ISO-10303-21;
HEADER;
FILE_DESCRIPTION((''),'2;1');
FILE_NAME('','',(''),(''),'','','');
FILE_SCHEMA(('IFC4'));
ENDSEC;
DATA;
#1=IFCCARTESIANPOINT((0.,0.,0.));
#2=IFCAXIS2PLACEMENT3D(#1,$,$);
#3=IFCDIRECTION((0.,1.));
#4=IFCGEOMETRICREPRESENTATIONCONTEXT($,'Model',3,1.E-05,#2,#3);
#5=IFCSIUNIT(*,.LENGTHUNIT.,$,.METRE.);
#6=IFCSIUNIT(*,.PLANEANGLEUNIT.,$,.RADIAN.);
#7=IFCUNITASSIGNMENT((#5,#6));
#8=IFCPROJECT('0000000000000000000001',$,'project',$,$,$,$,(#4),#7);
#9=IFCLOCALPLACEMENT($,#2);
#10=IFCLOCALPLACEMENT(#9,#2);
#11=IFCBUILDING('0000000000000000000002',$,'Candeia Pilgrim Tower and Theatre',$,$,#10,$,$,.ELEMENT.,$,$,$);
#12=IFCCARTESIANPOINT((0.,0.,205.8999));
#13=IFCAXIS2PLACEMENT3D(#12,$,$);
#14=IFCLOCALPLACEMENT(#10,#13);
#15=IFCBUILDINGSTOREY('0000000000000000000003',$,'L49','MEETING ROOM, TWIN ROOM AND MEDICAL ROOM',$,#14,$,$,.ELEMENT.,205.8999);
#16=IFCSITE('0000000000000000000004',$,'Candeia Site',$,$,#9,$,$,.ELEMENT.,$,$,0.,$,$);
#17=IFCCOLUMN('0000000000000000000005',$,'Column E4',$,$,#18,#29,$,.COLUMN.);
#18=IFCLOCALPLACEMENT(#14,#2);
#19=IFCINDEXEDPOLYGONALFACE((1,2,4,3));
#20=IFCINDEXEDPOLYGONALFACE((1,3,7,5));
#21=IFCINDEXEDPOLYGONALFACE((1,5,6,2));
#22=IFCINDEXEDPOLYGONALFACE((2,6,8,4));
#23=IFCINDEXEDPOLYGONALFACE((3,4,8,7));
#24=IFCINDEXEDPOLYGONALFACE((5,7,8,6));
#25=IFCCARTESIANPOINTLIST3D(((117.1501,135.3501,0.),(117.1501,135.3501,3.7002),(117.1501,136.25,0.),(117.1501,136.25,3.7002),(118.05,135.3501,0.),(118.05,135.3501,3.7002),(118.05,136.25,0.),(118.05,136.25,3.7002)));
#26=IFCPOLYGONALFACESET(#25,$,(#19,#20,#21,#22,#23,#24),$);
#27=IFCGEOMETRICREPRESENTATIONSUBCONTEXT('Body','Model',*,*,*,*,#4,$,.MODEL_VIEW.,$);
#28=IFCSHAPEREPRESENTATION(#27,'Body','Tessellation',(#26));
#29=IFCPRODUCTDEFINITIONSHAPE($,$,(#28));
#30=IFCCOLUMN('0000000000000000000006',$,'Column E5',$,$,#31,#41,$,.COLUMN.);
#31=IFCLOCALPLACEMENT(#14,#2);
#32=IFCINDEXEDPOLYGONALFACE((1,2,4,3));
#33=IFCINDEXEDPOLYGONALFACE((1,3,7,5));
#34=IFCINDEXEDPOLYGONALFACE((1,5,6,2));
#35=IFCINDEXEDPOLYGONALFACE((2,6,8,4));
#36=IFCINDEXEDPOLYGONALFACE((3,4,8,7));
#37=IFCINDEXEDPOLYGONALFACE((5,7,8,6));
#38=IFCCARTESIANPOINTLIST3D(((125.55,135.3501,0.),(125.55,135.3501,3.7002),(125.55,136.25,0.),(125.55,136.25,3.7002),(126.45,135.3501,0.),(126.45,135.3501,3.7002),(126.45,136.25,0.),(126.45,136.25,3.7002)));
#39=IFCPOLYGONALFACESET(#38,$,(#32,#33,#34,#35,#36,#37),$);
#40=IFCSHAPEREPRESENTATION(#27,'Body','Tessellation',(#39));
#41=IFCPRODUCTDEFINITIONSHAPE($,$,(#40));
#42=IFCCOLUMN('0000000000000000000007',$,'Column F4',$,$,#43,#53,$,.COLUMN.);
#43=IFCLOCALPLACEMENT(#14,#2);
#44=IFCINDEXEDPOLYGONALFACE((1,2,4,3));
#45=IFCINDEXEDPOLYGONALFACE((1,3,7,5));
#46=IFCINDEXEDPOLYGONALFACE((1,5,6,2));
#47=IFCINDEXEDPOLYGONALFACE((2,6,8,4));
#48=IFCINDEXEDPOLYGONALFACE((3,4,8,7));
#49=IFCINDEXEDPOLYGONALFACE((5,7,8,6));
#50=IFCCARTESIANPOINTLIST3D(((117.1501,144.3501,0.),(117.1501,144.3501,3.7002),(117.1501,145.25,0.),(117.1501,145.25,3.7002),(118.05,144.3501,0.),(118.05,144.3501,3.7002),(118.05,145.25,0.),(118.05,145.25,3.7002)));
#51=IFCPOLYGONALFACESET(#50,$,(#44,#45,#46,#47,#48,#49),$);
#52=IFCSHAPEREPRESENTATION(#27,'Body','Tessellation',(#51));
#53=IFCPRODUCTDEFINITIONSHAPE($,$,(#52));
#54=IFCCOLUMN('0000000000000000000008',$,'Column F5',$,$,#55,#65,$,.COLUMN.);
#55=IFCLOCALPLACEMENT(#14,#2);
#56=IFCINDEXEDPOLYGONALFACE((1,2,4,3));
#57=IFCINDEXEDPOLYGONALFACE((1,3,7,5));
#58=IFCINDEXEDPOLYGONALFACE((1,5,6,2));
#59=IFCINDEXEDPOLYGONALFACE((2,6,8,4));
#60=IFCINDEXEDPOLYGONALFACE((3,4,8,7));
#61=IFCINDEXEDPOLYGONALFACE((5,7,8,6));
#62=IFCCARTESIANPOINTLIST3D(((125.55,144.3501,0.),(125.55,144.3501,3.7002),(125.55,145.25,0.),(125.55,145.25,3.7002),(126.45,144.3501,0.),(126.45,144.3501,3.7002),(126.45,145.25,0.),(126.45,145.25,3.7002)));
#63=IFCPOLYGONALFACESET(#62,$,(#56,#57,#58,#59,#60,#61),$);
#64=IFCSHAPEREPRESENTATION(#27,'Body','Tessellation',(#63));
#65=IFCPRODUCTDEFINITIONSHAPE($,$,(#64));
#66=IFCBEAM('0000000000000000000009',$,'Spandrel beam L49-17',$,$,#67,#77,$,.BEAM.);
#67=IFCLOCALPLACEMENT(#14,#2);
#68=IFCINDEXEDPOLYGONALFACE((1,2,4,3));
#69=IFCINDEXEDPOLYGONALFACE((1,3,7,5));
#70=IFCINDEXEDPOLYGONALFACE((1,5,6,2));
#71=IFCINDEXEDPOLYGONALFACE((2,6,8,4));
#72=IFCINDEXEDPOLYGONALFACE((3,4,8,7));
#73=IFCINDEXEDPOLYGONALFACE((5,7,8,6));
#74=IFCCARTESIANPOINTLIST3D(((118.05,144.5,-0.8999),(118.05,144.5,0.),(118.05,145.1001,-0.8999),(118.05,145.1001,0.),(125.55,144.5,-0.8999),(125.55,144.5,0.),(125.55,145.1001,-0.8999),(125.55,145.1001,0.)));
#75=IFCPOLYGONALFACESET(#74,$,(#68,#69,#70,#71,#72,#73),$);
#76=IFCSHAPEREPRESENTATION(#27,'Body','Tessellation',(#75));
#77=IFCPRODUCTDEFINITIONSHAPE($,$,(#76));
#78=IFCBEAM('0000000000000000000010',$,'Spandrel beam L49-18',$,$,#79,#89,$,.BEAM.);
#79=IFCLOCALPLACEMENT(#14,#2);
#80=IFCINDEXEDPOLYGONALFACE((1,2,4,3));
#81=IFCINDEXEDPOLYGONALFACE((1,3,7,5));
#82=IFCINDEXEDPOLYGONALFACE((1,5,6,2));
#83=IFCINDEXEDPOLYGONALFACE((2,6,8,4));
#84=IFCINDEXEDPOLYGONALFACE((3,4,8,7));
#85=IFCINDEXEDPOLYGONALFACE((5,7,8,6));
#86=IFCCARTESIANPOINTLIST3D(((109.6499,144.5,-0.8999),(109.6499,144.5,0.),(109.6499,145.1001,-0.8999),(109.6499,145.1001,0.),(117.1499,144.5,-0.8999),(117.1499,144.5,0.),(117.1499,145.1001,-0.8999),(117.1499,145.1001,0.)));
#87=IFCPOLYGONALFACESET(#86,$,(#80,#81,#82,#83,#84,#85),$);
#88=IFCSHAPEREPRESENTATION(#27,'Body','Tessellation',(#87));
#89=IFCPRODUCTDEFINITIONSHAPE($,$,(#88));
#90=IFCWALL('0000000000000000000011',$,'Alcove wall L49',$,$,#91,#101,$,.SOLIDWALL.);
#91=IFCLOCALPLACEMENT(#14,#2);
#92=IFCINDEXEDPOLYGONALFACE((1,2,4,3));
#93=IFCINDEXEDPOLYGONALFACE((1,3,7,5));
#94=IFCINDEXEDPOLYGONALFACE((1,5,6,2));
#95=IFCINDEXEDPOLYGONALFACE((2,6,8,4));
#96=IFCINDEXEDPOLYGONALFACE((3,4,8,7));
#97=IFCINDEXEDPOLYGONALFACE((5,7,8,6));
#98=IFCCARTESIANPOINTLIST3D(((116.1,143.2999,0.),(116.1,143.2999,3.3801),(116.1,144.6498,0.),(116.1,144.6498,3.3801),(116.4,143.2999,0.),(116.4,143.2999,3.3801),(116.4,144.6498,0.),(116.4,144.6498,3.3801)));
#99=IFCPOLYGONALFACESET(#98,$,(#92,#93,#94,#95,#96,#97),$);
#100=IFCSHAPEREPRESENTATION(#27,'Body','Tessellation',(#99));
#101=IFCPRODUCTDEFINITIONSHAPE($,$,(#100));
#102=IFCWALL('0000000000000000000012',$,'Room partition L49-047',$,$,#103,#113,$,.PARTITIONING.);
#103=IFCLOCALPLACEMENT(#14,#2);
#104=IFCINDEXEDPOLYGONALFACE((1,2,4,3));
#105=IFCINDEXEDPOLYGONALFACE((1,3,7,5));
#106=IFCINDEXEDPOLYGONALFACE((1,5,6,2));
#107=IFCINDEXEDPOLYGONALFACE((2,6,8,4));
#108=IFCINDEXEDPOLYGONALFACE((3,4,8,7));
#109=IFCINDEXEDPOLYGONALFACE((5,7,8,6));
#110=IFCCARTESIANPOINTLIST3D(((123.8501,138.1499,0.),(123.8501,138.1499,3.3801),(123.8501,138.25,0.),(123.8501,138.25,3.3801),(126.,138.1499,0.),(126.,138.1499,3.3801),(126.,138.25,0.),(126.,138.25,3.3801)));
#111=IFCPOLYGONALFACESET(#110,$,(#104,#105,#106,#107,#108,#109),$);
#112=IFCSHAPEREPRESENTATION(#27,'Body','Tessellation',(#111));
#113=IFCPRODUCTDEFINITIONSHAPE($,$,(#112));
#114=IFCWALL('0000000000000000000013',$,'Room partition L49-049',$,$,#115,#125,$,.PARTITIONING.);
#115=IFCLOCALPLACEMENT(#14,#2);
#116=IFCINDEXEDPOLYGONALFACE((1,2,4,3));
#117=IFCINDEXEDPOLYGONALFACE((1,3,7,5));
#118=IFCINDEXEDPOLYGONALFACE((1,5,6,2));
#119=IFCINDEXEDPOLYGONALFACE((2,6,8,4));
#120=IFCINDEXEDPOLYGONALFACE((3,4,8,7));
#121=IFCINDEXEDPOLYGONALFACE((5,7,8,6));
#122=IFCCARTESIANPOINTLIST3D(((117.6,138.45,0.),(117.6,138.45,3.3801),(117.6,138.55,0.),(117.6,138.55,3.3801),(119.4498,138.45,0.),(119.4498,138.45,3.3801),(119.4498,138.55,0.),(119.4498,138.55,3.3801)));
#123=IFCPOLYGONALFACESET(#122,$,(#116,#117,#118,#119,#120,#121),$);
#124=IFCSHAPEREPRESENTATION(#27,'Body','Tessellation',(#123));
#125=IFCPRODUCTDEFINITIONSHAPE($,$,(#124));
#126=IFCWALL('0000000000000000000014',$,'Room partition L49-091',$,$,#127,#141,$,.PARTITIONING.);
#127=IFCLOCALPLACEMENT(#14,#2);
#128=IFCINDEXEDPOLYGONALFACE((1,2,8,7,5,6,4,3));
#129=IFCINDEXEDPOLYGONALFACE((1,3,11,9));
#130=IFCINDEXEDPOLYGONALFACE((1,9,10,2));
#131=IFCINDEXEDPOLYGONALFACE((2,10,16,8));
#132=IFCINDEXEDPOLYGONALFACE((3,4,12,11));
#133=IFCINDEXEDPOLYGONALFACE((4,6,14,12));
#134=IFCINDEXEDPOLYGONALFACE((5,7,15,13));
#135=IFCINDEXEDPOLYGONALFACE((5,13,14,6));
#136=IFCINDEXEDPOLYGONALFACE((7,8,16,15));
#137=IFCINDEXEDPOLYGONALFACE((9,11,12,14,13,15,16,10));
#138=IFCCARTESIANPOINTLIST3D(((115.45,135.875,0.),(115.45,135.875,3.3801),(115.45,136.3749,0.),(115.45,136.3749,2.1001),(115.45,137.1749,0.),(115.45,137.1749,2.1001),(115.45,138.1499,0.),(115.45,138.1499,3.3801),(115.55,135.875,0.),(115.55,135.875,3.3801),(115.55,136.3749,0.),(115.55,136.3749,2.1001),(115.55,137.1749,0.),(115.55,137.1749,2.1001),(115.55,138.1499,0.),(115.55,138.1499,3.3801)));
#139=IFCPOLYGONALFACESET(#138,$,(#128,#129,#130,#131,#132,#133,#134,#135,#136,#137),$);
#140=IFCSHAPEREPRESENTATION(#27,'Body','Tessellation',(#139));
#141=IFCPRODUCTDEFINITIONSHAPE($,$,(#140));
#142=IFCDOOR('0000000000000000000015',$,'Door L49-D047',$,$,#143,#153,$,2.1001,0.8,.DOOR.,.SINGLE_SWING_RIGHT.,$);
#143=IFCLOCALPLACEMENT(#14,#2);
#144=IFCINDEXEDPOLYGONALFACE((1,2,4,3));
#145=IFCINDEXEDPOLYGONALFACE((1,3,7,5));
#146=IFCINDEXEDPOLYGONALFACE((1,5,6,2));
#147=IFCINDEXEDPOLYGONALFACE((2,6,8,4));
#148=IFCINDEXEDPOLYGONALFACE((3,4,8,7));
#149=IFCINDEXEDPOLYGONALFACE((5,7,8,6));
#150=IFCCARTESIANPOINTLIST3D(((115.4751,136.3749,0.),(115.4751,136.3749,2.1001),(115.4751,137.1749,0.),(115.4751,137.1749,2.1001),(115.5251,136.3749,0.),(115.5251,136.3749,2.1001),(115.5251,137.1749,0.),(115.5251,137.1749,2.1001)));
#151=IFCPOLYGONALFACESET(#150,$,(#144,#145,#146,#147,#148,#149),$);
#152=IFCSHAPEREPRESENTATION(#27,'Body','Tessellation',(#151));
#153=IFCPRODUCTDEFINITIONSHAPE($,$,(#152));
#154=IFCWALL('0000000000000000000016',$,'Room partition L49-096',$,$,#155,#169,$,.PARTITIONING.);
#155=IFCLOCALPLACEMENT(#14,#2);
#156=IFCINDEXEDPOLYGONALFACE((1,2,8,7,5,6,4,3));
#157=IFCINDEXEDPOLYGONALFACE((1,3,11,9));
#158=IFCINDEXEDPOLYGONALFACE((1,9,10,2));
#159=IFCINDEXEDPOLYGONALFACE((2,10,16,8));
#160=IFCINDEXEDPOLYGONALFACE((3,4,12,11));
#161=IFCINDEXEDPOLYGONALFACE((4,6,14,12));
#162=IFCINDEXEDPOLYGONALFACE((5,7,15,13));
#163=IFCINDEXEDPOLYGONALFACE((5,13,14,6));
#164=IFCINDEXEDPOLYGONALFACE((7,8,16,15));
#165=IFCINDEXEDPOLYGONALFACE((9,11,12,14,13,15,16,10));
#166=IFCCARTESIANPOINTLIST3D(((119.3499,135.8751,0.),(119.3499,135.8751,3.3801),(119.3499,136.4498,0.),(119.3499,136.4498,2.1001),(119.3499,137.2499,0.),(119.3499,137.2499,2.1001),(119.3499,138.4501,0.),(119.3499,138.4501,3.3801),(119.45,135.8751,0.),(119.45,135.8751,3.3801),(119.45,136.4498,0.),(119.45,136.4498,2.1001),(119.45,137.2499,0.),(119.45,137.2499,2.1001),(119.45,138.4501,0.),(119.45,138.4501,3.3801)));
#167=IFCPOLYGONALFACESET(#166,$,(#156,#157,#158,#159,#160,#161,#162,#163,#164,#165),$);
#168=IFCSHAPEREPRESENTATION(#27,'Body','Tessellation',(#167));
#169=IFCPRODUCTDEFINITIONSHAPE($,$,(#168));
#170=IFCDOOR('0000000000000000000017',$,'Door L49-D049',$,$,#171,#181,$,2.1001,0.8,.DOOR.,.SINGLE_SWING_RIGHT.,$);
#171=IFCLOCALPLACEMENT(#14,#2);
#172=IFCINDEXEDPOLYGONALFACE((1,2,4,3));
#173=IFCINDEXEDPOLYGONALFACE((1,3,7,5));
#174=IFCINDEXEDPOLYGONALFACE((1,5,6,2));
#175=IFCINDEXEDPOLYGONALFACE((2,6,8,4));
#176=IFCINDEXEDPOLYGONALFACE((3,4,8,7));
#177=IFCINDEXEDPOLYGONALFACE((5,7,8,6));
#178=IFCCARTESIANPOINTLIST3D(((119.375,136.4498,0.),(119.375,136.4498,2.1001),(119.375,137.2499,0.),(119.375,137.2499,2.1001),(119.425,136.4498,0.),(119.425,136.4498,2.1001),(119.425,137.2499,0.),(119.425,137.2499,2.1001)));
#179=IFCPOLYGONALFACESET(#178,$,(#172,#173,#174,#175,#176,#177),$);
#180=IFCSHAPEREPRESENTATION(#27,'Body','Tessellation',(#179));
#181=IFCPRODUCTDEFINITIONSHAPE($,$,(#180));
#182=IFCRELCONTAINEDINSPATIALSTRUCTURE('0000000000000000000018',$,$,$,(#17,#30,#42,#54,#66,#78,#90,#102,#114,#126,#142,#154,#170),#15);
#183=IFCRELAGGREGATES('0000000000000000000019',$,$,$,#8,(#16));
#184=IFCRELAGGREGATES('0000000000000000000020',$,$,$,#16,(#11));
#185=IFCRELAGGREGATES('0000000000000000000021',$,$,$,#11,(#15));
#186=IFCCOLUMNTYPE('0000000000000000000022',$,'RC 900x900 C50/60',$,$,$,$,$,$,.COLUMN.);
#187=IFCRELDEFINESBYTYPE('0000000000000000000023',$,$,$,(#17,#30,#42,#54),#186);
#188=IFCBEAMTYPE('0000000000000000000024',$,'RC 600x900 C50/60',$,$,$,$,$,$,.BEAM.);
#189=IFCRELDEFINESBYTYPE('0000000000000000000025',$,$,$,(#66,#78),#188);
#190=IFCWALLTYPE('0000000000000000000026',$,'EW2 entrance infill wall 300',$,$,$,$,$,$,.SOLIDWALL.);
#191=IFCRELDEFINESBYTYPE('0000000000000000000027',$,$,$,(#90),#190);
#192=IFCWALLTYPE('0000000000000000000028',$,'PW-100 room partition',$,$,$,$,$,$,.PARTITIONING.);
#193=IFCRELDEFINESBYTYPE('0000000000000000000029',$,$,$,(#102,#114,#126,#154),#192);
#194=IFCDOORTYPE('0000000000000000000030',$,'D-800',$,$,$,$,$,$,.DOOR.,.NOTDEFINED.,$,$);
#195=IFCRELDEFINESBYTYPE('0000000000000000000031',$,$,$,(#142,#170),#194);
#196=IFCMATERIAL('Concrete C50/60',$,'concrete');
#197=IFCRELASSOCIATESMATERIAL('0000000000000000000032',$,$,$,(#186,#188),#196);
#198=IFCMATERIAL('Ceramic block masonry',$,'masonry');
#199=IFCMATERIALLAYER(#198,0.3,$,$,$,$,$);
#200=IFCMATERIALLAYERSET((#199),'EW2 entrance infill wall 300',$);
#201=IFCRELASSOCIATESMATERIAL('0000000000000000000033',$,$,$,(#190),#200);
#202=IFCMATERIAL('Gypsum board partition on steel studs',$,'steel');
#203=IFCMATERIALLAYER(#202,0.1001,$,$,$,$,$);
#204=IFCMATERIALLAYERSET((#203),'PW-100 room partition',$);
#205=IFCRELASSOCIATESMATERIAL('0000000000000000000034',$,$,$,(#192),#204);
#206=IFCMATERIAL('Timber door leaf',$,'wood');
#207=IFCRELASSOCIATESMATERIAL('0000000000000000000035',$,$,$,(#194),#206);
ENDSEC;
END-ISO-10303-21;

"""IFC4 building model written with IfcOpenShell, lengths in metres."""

from ifc_helpers import new_model, si_unit, direction, frame, frame_2d, origin, origin_2d, place, context, subcontext, project, spatial, rectangle, extrude, material, layer, layer_set, material_profile, profile_set, type_object, element, fill, save


model = new_model("IFC4")

# Units and contexts
model_context = context("Model", 3, precision=1e-05, world=origin(), true_north=direction((0.0, 1.0)))
body_context = subcontext(model_context, "Body", "Model", "MODEL_VIEW")
ifc_project = project(units=[si_unit("LENGTHUNIT", "METRE"), si_unit("PLANEANGLEUNIT", "RADIAN")], contexts=[model_context])

# Site, building, storey
site_placement = place(None, origin())
site = spatial("IfcSite", under=ifc_project, at=site_placement, Name="Candeia Site", CompositionType="ELEMENT", RefElevation=0.0)
building_placement = place(site_placement, origin())
building = spatial("IfcBuilding", under=site, at=building_placement, Name="Candeia Pilgrim Tower and Theatre", CompositionType="ELEMENT")
storey_placement = place(building_placement, frame((0.0, 0.0, 205.8999)))
storey = spatial("IfcBuildingStorey", under=building, at=storey_placement, Name="L49", Description="MEETING ROOM, TWIN ROOM AND MEDICAL ROOM", CompositionType="ELEMENT", Elevation=205.8999)

# Columns
ifc_material_1 = material(Name="Concrete C50/60", Category="concrete")
ifc_material_profile_1 = material_profile(ifc_material_1, rectangle(XDim=0.8999, YDim=0.8999, at=origin_2d()))
ifc_profile_set_1 = profile_set([ifc_material_profile_1], Name="Concrete C50/60")
column_type = type_object("IfcColumnType", Name="RC 900x900 C50/60", PredefinedType="COLUMN", material=ifc_profile_set_1)
for number, where, z_axis, x_axis, name in (
    (1, (117.6001, 135.8, 0.0), (0.0, 0.0, 1.0), (1.0, 0.0, 0.0), "Column E4"),
    (2, (126.0, 135.8, 0.0), (0.0, 0.0, 1.0), (1.0, 0.0, 0.0), "Column E5"),
    (3, (117.6001, 144.8, 0.0), (0.0, 0.0, 1.0), (1.0, 0.0, 0.0), "Column F4"),
    (4, (126.0, 144.8, 0.0), (0.0, 0.0, 1.0), (1.0, 0.0, 0.0), "Column F5"),
):
    element("IfcColumn", number, at=place(storey_placement, frame(where, z_axis=z_axis, x_axis=x_axis)), inside=storey, type_object=column_type, Name=name, PredefinedType="COLUMN", context=body_context, shape_type="SweptSolid", body=[
        extrude(rectangle(XDim=0.8999, YDim=0.8999, at=origin_2d()), origin(), (0.0, 0.0, 1.0), 3.7002),
    ])

# Beams
ifc_material_profile_2 = material_profile(ifc_material_1, rectangle(XDim=0.6001, YDim=0.8999, at=origin_2d()))
ifc_profile_set_2 = profile_set([ifc_material_profile_2], Name="Concrete C50/60")
beam_type = type_object("IfcBeamType", Name="RC 600x900 C50/60", PredefinedType="BEAM", material=ifc_profile_set_2)
for number, where, z_axis, x_axis, name in (
    (5, (125.55, 144.8, -0.45), (-1.0, 0.0, 0.0), (0.0, -1.0, 0.0), "Spandrel beam L49-17"),
    (6, (117.1499, 144.8, -0.45), (-1.0, 0.0, 0.0), (0.0, -1.0, 0.0), "Spandrel beam L49-18"),
):
    element("IfcBeam", number, at=place(storey_placement, frame(where, z_axis=z_axis, x_axis=x_axis)), inside=storey, type_object=beam_type, Name=name, PredefinedType="BEAM", context=body_context, shape_type="SweptSolid", body=[
        extrude(rectangle(XDim=0.6001, YDim=0.8999, at=origin_2d()), origin(), (0.0, 0.0, 1.0), 7.5),
    ])

# Wall
ifc_material_2 = material(Name="Ceramic block masonry", Category="masonry")
ifc_layer_1 = layer(ifc_material_2, 0.3)
ifc_layer_set_1 = layer_set([ifc_layer_1], Name="EW2 entrance infill wall 300")
wall_type_1 = type_object("IfcWallType", Name="EW2 entrance infill wall 300", PredefinedType="SOLIDWALL", material=ifc_layer_set_1)
wall_1_placement = place(storey_placement, frame((116.25, 143.3, 0.0), z_axis=(0.0, 0.0, 1.0), x_axis=(0.0, 1.0, 0.0)))
element("IfcWall", 7, at=wall_1_placement, inside=storey, type_object=wall_type_1, Name="Alcove wall L49", PredefinedType="SOLIDWALL", context=body_context, shape_type="SweptSolid", body=[
    extrude(rectangle(XDim=1.3499, YDim=0.3, at=frame_2d((0.6748, 0.0))), origin(), (0.0, 0.0, 1.0), 3.3801),
])

# Walls
ifc_material_3 = material(Name="Gypsum board partition on steel studs", Category="steel")
ifc_layer_2 = layer(ifc_material_3, 0.1001)
ifc_layer_set_2 = layer_set([ifc_layer_2], Name="PW-100 room partition")
wall_type_2 = type_object("IfcWallType", Name="PW-100 room partition", PredefinedType="PARTITIONING", material=ifc_layer_set_2)
wall_2_placement = place(storey_placement, frame((123.8501, 138.2, 0.0), z_axis=(0.0, 0.0, 1.0), x_axis=(1.0, 0.0, 0.0)))
element("IfcWall", 8, at=wall_2_placement, inside=storey, type_object=wall_type_2, Name="Room partition L49-047", PredefinedType="PARTITIONING", context=body_context, shape_type="SweptSolid", body=[
    extrude(rectangle(XDim=2.1499, YDim=0.1001, at=frame_2d((1.075, 0.0))), origin(), (0.0, 0.0, 1.0), 3.3801),
])
wall_3_placement = place(storey_placement, frame((117.6001, 138.5, 0.0), z_axis=(0.0, 0.0, 1.0), x_axis=(1.0, 0.0, 0.0)))
element("IfcWall", 9, at=wall_3_placement, inside=storey, type_object=wall_type_2, Name="Room partition L49-049", PredefinedType="PARTITIONING", context=body_context, shape_type="SweptSolid", body=[
    extrude(rectangle(XDim=1.8499, YDim=0.1001, at=frame_2d((0.9248, 0.0))), origin(), (0.0, 0.0, 1.0), 3.3801),
])

# Walls, openings, doors
wall_4_placement = place(storey_placement, frame((115.5, 135.875, 0.0), z_axis=(0.0, 0.0, 1.0), x_axis=(0.0, 1.0, 0.0)))
wall_4 = element("IfcWall", 10, at=wall_4_placement, inside=storey, type_object=wall_type_2, Name="Room partition L49-091", PredefinedType="PARTITIONING", context=body_context, shape_type="SweptSolid", body=[
    extrude(rectangle(XDim=2.2749, YDim=0.1001, at=frame_2d((1.1375, 0.0))), origin(), (0.0, 0.0, 1.0), 3.3801),
])
opening_1_placement = place(wall_4_placement, frame((0.5, 0.0, 0.0)))
opening_1 = element("IfcOpeningElement", 11, at=opening_1_placement, cuts=wall_4, PredefinedType="OPENING", context=body_context, shape_type="SweptSolid", body=[
    extrude(rectangle(XDim=0.8, YDim=2.1001, at=frame_2d((0.3999, 1.05))), frame((0.0, 0.0601, 0.0), z_axis=(0.0, -1.0, 0.0), x_axis=(1.0, 0.0, 0.0)), (0.0, 0.0, 1.0), 0.1201),
])
ifc_material_4 = material(Name="Timber door leaf", Category="wood")
door_type_1 = type_object("IfcDoorType", Name="D-800", OperationType="NOTDEFINED", PredefinedType="DOOR", material=ifc_material_4)
door_1_placement = place(opening_1_placement, origin())
door_1 = element("IfcDoor", 12, at=door_1_placement, inside=storey, type_object=door_type_1, Name="Door L49-D047", OperationType="SINGLE_SWING_RIGHT", OverallHeight=2.1001, OverallWidth=0.8, PredefinedType="DOOR", context=body_context, shape_type="SweptSolid", body=[
    extrude(rectangle(XDim=0.8, YDim=2.1001, at=frame_2d((0.3999, 1.05))), frame((0.0, 0.0249, 0.0), z_axis=(0.0, -1.0, 0.0), x_axis=(1.0, 0.0, 0.0)), (0.0, 0.0, 1.0), 0.05),
])
fill(opening_1, door_1)
wall_5_placement = place(storey_placement, frame((119.3999, 135.875, 0.0), z_axis=(0.0, 0.0, 1.0), x_axis=(0.0, 1.0, 0.0)))
wall_5 = element("IfcWall", 13, at=wall_5_placement, inside=storey, type_object=wall_type_2, Name="Room partition L49-096", PredefinedType="PARTITIONING", context=body_context, shape_type="SweptSolid", body=[
    extrude(rectangle(XDim=2.575, YDim=0.1001, at=frame_2d((1.2876, 0.0))), origin(), (0.0, 0.0, 1.0), 3.3801),
])
opening_2_placement = place(wall_5_placement, frame((0.575, 0.0, 0.0)))
opening_2 = element("IfcOpeningElement", 14, at=opening_2_placement, cuts=wall_5, PredefinedType="OPENING", context=body_context, shape_type="SweptSolid", body=[
    extrude(rectangle(XDim=0.8, YDim=2.1001, at=frame_2d((0.3999, 1.05))), frame((0.0, 0.0601, 0.0), z_axis=(0.0, -1.0, 0.0), x_axis=(1.0, 0.0, 0.0)), (0.0, 0.0, 1.0), 0.1201),
])
door_2_placement = place(opening_2_placement, origin())
door_2 = element("IfcDoor", 15, at=door_2_placement, inside=storey, type_object=door_type_1, Name="Door L49-D049", OperationType="SINGLE_SWING_RIGHT", OverallHeight=2.1001, OverallWidth=0.8, PredefinedType="DOOR", context=body_context, shape_type="SweptSolid", body=[
    extrude(rectangle(XDim=0.8, YDim=2.1001, at=frame_2d((0.3999, 1.05))), frame((0.0, 0.0249, 0.0), z_axis=(0.0, -1.0, 0.0), x_axis=(1.0, 0.0, 0.0)), (0.0, 0.0, 1.0), 0.05),
])
fill(opening_2, door_2)

save(model, "model.ifc")
